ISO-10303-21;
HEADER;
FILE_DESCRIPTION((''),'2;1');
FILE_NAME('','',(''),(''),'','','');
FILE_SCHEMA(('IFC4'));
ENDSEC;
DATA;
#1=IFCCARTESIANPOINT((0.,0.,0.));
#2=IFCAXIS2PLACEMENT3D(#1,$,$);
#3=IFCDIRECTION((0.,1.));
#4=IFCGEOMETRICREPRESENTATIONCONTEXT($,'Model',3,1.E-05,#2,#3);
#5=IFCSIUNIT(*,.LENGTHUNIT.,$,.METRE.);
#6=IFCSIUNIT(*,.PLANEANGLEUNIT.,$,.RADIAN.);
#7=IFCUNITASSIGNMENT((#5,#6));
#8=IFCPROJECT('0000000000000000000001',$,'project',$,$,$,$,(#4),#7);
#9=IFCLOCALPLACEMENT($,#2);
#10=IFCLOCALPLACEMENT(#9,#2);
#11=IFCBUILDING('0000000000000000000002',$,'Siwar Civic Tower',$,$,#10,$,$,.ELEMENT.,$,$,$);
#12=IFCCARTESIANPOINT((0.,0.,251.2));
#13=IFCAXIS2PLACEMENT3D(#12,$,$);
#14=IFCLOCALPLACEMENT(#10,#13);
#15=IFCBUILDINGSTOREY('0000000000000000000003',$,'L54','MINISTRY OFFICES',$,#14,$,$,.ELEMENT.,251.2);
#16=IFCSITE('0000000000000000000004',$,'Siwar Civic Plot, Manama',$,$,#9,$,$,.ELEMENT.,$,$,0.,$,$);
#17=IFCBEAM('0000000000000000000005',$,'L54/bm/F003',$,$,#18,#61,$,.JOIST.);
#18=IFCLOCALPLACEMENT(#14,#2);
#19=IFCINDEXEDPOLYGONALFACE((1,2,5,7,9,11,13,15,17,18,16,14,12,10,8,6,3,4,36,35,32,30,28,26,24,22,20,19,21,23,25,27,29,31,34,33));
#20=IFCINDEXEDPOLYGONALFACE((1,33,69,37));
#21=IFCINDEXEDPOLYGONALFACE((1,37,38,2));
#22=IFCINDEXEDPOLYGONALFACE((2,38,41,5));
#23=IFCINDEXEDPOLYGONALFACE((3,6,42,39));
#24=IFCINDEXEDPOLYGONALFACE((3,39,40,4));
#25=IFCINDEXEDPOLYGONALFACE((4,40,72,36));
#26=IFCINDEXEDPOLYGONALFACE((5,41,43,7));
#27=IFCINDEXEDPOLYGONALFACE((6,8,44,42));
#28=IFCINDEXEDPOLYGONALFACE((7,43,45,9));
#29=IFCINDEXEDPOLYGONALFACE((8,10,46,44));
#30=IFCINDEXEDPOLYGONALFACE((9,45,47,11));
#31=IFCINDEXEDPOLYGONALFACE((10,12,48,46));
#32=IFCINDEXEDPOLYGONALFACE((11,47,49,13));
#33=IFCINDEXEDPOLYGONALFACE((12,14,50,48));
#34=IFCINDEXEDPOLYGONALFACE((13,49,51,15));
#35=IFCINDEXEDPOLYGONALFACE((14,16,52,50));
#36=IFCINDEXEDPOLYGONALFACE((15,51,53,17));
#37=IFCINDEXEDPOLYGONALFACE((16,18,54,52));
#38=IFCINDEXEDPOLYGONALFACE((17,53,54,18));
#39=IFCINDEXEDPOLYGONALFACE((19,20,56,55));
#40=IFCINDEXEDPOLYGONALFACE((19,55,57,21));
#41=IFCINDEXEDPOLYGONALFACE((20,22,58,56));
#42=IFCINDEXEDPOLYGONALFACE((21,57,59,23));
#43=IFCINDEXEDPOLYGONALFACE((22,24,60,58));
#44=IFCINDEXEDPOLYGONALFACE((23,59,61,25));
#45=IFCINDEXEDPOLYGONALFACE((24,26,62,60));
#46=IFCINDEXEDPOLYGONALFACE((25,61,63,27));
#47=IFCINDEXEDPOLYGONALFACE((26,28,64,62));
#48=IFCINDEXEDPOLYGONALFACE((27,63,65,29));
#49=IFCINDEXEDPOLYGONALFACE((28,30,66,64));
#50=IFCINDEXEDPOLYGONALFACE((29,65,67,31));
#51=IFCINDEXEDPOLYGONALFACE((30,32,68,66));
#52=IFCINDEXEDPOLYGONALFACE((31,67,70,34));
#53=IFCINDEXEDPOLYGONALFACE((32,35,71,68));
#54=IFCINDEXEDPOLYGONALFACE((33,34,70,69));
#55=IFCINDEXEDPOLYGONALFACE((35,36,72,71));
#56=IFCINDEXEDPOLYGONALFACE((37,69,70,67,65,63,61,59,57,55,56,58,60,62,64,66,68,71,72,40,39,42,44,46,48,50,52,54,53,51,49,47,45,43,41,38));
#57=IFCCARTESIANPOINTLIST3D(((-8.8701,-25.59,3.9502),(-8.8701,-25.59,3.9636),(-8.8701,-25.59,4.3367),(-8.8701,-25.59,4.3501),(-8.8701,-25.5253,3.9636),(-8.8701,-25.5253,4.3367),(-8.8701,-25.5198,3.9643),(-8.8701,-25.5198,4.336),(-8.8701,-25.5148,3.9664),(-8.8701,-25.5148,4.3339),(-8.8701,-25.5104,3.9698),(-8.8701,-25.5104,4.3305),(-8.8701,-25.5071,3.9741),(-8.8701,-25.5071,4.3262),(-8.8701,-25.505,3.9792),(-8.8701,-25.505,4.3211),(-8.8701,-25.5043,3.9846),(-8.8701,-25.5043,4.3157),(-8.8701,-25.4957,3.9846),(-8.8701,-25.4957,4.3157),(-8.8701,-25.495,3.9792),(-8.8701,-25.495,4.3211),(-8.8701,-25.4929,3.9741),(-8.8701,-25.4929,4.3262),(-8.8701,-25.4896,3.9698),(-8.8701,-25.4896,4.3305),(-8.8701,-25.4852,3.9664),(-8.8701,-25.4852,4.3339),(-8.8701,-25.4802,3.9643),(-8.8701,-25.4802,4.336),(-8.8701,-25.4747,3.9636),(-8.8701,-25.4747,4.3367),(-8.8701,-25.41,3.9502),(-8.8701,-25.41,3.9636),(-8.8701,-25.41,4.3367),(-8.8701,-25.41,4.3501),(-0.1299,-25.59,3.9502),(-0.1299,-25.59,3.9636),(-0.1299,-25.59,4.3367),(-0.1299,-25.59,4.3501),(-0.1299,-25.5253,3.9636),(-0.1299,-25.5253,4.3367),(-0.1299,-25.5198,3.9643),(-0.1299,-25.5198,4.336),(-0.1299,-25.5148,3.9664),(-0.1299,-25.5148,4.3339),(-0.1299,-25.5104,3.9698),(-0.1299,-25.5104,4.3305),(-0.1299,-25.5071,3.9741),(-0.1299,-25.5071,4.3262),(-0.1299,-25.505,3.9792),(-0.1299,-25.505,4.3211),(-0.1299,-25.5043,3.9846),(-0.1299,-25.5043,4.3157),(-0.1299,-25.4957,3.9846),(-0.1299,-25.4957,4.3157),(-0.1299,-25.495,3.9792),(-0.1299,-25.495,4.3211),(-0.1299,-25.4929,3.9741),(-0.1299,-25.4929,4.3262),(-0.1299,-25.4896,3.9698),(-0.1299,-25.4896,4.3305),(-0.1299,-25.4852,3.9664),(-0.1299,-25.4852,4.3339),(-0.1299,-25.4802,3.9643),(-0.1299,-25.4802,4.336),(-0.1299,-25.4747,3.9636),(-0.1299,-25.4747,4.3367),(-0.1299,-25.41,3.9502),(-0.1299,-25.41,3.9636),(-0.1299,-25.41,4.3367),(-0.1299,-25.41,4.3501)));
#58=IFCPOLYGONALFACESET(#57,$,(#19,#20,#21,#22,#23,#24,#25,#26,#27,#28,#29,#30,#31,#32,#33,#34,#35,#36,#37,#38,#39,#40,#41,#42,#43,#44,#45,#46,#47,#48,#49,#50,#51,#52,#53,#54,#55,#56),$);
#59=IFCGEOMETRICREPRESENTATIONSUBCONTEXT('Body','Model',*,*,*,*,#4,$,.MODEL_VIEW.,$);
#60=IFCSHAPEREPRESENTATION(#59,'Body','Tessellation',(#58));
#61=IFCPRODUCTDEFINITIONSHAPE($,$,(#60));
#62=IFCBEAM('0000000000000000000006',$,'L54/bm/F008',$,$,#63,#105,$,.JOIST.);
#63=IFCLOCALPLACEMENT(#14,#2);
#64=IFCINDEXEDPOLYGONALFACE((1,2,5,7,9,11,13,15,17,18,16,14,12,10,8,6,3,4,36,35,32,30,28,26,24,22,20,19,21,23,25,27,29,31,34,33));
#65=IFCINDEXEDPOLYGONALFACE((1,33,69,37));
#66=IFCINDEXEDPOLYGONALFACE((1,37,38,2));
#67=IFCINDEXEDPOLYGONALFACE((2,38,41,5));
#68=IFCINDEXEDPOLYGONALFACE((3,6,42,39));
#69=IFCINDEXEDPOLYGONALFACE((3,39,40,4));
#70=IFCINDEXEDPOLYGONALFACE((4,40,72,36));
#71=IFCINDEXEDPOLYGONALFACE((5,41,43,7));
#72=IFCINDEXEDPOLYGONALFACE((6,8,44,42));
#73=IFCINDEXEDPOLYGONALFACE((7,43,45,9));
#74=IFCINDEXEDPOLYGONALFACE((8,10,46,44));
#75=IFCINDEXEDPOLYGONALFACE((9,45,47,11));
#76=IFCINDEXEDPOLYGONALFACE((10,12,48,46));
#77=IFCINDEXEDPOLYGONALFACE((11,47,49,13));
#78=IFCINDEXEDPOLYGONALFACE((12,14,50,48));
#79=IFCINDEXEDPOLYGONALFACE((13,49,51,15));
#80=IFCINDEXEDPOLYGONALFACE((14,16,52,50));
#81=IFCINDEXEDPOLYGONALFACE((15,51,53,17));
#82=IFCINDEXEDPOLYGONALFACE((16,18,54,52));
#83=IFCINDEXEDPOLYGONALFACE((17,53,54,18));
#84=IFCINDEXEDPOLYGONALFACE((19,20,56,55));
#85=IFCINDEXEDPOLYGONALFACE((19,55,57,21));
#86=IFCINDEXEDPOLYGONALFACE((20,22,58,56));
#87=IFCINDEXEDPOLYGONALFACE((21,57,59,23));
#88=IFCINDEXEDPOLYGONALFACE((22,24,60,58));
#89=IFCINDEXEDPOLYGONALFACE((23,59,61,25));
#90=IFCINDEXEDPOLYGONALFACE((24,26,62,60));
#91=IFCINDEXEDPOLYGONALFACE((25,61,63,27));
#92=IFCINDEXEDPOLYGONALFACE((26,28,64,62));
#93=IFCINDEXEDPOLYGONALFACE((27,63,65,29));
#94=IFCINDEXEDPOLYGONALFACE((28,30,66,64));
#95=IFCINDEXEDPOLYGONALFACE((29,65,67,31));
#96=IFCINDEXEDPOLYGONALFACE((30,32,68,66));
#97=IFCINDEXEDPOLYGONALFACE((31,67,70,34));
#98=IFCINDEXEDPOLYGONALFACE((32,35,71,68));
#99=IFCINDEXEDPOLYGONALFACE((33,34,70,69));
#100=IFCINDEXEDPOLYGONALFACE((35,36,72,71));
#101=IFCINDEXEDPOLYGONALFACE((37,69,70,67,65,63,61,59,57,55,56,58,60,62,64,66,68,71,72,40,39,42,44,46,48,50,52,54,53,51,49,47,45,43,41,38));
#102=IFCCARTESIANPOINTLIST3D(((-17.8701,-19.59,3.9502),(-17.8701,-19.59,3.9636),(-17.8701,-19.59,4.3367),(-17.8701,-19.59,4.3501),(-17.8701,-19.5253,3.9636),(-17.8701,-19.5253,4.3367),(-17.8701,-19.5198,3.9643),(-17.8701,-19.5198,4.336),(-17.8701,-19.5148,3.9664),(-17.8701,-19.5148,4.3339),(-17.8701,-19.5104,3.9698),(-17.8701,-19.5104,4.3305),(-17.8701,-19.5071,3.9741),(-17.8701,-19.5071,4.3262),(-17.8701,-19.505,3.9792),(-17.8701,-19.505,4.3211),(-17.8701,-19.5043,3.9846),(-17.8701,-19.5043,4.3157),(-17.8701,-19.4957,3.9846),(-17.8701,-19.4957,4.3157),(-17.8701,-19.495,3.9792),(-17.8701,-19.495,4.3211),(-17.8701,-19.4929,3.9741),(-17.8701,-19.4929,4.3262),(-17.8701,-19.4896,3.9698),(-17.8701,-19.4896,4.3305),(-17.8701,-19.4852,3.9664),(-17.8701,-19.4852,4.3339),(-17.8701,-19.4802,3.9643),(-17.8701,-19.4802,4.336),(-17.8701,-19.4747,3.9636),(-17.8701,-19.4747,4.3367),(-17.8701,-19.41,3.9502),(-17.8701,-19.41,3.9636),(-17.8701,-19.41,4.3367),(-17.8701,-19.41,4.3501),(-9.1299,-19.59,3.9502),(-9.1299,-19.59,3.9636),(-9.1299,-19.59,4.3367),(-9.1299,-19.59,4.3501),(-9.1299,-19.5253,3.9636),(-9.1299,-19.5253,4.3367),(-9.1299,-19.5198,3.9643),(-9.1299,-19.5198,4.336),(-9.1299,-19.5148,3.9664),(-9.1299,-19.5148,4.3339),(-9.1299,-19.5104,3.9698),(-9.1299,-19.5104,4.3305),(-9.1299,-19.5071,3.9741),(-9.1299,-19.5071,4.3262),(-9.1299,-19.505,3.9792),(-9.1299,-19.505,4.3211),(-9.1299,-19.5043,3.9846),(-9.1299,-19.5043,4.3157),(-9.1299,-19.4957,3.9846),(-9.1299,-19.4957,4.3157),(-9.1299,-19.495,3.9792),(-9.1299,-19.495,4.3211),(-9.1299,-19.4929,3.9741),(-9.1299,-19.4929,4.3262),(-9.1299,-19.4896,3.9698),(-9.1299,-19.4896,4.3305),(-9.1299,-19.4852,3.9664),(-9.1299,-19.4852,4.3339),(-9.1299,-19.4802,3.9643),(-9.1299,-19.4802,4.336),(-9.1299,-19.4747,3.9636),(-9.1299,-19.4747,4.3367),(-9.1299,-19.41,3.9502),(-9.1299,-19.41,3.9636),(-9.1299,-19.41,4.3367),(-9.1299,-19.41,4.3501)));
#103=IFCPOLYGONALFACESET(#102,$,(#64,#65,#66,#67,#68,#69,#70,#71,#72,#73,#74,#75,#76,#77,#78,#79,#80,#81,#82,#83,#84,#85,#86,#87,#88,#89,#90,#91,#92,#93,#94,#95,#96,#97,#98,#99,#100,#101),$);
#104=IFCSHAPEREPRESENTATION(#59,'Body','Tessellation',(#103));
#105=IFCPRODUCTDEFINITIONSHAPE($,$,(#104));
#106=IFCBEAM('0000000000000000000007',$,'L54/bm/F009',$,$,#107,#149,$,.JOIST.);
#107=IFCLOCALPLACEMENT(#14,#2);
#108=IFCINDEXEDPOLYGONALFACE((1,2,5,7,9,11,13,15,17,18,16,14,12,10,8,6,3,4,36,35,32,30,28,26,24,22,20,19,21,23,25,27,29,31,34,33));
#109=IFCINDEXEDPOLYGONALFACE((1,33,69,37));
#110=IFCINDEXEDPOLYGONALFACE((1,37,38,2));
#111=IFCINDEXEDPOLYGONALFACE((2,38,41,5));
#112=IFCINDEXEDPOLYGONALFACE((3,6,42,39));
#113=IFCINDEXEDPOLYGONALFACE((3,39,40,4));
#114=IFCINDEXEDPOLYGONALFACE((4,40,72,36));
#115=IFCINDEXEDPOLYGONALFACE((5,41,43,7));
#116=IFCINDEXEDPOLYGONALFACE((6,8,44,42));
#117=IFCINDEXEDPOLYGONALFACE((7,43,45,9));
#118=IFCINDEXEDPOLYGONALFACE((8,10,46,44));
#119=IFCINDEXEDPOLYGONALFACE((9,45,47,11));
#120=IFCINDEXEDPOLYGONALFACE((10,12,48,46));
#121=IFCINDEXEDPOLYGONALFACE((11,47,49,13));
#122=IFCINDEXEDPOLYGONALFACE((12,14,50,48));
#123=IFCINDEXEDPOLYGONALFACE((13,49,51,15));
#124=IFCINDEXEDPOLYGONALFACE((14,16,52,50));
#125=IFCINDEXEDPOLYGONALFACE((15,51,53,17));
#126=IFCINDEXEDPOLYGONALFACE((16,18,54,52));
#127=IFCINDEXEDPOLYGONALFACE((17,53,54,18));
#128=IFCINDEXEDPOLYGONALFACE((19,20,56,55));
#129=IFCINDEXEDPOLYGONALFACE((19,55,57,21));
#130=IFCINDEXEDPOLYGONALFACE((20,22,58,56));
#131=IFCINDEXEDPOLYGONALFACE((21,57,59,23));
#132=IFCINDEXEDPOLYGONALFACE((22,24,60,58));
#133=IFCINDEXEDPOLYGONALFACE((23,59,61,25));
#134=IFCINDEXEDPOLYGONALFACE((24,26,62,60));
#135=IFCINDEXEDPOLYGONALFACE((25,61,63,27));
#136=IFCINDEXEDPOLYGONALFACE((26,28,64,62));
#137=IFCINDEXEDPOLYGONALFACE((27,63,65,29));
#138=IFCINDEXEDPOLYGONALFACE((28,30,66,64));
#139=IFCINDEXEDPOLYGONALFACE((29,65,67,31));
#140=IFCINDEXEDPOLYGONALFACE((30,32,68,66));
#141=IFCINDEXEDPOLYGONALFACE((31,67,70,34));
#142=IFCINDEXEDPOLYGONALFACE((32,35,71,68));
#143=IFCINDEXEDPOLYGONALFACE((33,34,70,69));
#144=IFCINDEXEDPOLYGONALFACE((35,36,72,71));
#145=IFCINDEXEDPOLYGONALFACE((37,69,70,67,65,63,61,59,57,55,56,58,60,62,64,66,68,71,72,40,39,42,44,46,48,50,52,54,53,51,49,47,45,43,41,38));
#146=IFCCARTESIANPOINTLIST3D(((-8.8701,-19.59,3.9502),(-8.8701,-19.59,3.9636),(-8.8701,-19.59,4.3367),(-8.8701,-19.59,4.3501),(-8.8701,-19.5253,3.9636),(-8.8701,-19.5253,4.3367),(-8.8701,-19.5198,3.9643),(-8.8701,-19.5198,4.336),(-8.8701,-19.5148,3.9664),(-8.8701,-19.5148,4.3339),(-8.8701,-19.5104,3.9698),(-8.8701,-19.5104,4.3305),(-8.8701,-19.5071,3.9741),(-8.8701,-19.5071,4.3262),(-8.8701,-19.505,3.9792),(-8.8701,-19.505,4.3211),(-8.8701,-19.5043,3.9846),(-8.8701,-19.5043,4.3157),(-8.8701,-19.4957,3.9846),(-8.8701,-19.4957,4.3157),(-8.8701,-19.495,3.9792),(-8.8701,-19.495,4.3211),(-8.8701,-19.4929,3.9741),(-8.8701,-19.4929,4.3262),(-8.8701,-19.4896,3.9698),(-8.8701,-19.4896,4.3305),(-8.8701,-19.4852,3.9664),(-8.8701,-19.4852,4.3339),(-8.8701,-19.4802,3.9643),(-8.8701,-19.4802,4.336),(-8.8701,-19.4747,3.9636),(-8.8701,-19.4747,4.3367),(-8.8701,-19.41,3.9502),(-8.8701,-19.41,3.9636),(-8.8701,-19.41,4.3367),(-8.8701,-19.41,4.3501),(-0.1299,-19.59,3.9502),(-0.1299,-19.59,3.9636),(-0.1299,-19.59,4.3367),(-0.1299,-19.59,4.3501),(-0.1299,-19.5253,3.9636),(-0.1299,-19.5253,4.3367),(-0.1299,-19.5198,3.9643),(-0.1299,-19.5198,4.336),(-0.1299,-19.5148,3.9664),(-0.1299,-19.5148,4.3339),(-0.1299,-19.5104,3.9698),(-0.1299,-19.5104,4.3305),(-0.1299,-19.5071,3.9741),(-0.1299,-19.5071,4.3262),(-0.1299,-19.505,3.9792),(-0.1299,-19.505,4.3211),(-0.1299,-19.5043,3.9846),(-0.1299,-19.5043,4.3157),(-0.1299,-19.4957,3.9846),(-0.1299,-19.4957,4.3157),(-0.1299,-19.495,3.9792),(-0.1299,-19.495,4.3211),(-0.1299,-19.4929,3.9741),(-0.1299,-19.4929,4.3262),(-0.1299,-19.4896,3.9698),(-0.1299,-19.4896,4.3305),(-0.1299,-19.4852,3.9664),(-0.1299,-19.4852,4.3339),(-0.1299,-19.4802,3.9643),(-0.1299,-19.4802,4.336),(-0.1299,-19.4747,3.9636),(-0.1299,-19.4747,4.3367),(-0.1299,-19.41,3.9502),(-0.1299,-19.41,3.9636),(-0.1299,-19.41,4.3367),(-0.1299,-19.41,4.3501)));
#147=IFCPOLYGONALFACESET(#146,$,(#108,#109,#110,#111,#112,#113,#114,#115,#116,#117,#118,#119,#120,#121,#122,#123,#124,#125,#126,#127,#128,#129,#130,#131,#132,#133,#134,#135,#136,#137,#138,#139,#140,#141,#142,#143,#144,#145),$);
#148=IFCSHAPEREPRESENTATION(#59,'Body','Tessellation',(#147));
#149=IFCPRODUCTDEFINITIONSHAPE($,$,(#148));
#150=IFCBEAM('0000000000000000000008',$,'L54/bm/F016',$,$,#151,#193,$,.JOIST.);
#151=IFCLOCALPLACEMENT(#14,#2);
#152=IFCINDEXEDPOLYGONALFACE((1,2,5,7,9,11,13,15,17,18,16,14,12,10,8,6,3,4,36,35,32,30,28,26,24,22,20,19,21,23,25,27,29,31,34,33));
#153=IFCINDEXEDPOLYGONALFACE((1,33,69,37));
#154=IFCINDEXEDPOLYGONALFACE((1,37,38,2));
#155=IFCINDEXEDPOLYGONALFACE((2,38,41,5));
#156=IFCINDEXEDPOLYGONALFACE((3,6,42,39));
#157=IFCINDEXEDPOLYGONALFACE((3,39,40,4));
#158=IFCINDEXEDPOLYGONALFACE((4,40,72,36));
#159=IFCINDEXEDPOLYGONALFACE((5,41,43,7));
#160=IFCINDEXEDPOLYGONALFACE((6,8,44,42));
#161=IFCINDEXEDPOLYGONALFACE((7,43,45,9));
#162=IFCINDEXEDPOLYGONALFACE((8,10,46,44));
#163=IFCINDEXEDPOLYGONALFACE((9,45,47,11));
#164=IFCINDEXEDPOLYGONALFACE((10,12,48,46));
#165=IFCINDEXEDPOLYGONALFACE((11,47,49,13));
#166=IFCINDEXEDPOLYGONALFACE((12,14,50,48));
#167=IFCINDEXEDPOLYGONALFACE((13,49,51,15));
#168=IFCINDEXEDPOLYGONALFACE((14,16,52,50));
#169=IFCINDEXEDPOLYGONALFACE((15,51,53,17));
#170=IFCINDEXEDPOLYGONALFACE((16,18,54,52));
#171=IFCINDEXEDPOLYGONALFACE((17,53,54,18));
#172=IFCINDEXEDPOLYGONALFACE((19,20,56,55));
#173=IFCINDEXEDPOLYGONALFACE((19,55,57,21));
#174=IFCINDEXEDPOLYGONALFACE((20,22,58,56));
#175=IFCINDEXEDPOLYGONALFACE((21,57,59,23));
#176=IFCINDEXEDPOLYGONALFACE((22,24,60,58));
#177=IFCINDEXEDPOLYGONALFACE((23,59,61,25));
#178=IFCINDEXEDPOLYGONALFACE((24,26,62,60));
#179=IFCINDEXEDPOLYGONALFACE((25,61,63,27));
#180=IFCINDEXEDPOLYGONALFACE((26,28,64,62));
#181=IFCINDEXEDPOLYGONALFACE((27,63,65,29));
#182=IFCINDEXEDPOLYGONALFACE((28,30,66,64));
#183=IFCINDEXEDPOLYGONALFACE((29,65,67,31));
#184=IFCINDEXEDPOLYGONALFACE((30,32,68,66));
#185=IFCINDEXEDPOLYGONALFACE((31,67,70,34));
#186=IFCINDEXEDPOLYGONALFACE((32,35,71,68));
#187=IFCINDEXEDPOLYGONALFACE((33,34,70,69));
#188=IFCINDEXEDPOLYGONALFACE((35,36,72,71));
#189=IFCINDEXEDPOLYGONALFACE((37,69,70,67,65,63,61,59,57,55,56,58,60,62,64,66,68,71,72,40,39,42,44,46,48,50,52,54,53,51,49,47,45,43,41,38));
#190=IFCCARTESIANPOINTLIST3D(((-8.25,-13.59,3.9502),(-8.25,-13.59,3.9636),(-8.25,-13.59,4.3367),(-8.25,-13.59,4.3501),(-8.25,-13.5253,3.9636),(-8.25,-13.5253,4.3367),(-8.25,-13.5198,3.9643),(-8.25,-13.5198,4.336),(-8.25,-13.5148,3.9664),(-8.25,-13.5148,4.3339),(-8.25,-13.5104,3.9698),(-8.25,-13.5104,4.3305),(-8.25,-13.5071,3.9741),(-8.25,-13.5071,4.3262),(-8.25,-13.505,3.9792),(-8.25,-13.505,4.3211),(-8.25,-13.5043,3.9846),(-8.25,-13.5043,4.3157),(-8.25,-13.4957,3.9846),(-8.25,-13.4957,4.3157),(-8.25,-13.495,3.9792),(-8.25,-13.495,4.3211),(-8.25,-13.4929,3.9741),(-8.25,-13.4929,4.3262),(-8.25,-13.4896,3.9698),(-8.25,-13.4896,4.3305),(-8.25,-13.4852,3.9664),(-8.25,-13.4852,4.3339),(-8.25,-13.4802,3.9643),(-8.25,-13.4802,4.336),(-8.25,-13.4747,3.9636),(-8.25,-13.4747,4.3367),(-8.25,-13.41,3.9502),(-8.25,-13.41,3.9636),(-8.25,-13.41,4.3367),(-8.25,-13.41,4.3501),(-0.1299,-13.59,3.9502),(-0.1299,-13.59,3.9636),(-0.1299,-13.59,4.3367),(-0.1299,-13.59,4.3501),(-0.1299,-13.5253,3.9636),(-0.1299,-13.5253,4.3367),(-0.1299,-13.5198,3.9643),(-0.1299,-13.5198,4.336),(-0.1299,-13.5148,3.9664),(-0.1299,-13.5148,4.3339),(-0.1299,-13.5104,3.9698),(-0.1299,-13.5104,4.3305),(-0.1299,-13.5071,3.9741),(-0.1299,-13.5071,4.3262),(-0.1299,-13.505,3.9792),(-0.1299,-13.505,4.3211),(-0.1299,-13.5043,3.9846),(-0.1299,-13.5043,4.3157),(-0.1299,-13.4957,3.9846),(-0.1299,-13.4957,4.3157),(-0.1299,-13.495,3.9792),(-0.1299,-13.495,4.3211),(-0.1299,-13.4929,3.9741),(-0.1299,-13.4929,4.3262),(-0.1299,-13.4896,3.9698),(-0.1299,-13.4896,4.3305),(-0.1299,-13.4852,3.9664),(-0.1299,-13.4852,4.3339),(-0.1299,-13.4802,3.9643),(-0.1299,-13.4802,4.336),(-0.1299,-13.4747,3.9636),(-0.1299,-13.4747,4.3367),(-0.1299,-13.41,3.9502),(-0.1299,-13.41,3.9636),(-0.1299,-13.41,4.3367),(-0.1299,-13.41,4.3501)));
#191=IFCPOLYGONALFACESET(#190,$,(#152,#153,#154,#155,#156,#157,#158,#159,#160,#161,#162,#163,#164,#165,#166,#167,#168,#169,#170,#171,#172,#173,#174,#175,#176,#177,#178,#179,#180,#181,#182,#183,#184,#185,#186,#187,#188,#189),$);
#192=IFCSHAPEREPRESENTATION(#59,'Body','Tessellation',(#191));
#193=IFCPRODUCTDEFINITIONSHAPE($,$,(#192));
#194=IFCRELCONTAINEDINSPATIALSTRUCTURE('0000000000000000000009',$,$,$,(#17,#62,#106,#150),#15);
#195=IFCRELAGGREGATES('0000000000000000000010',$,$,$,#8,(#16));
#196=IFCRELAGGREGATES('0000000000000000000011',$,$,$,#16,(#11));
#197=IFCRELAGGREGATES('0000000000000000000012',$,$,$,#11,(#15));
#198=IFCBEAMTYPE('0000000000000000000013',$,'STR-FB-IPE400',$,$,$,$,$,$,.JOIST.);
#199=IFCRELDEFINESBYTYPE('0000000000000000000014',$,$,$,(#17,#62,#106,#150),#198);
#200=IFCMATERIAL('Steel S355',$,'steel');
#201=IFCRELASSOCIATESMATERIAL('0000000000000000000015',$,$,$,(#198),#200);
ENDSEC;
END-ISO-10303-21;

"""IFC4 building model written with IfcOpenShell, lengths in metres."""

from ifc_helpers import new_model, si_unit, direction, frame, origin, origin_2d, place, context, subcontext, project, spatial, i_section, extrude, material, material_profile, profile_set, type_object, element, save


model = new_model("IFC4")

# Units and contexts
model_context = context("Model", 3, precision=1e-05, world=origin(), true_north=direction((0.0, 1.0)))
body_context = subcontext(model_context, "Body", "Model", "MODEL_VIEW")
ifc_project = project(units=[si_unit("LENGTHUNIT", "METRE"), si_unit("PLANEANGLEUNIT", "RADIAN")], contexts=[model_context])

# Site, building, storey
site_placement = place(None, origin())
site = spatial("IfcSite", under=ifc_project, at=site_placement, Name="Siwar Civic Plot, Manama", CompositionType="ELEMENT", RefElevation=0.0)
building_placement = place(site_placement, origin())
building = spatial("IfcBuilding", under=site, at=building_placement, Name="Siwar Civic Tower", CompositionType="ELEMENT")
storey_placement = place(building_placement, frame((0.0, 0.0, 251.2)))
storey = spatial("IfcBuildingStorey", under=building, at=storey_placement, Name="L54", Description="MINISTRY OFFICES", CompositionType="ELEMENT", Elevation=251.2)

# Beams
ifc_material_1 = material(Name="Steel S355", Category="steel")
ifc_material_profile_1 = material_profile(ifc_material_1, i_section(OverallWidth=0.1799, OverallDepth=0.3999, WebThickness=0.0085, FlangeThickness=0.0134, FilletRadius=0.021, at=origin_2d()), Name="IPE400")
ifc_profile_set_1 = profile_set([ifc_material_profile_1], Name="Steel S355")
beam_type_1 = type_object("IfcBeamType", Name="STR-FB-IPE400", PredefinedType="JOIST", material=ifc_profile_set_1)
for number, where, z_axis, x_axis, name in (
    (1, (-8.8701, -25.5, 4.1501), (1.0, 0.0, 0.0), (0.0, 1.0, 0.0), "L54/bm/F003"),
    (2, (-17.8701, -19.5, 4.1501), (1.0, 0.0, 0.0), (0.0, 1.0, 0.0), "L54/bm/F008"),
    (3, (-8.8701, -19.5, 4.1501), (1.0, 0.0, 0.0), (0.0, 1.0, 0.0), "L54/bm/F009"),
):
    element("IfcBeam", number, at=place(storey_placement, frame(where, z_axis=z_axis, x_axis=x_axis)), inside=storey, type_object=beam_type_1, Name=name, PredefinedType="JOIST", context=body_context, shape_type="SweptSolid", body=[
        extrude(i_section(OverallWidth=0.1799, OverallDepth=0.3999, WebThickness=0.0085, FlangeThickness=0.0134, FilletRadius=0.021, at=origin_2d()), origin(), (0.0, 0.0, 1.0), 8.7402),
    ])
beam_1_placement = place(storey_placement, frame((-8.25, -13.5, 4.1501), z_axis=(1.0, 0.0, 0.0), x_axis=(0.0, 1.0, 0.0)))
element("IfcBeam", 4, at=beam_1_placement, inside=storey, type_object=beam_type_1, Name="L54/bm/F016", PredefinedType="JOIST", context=body_context, shape_type="SweptSolid", body=[
    extrude(i_section(OverallWidth=0.1799, OverallDepth=0.3999, WebThickness=0.0085, FlangeThickness=0.0134, FilletRadius=0.021, at=origin_2d()), origin(), (0.0, 0.0, 1.0), 8.1201),
])

save(model, "model.ifc")
